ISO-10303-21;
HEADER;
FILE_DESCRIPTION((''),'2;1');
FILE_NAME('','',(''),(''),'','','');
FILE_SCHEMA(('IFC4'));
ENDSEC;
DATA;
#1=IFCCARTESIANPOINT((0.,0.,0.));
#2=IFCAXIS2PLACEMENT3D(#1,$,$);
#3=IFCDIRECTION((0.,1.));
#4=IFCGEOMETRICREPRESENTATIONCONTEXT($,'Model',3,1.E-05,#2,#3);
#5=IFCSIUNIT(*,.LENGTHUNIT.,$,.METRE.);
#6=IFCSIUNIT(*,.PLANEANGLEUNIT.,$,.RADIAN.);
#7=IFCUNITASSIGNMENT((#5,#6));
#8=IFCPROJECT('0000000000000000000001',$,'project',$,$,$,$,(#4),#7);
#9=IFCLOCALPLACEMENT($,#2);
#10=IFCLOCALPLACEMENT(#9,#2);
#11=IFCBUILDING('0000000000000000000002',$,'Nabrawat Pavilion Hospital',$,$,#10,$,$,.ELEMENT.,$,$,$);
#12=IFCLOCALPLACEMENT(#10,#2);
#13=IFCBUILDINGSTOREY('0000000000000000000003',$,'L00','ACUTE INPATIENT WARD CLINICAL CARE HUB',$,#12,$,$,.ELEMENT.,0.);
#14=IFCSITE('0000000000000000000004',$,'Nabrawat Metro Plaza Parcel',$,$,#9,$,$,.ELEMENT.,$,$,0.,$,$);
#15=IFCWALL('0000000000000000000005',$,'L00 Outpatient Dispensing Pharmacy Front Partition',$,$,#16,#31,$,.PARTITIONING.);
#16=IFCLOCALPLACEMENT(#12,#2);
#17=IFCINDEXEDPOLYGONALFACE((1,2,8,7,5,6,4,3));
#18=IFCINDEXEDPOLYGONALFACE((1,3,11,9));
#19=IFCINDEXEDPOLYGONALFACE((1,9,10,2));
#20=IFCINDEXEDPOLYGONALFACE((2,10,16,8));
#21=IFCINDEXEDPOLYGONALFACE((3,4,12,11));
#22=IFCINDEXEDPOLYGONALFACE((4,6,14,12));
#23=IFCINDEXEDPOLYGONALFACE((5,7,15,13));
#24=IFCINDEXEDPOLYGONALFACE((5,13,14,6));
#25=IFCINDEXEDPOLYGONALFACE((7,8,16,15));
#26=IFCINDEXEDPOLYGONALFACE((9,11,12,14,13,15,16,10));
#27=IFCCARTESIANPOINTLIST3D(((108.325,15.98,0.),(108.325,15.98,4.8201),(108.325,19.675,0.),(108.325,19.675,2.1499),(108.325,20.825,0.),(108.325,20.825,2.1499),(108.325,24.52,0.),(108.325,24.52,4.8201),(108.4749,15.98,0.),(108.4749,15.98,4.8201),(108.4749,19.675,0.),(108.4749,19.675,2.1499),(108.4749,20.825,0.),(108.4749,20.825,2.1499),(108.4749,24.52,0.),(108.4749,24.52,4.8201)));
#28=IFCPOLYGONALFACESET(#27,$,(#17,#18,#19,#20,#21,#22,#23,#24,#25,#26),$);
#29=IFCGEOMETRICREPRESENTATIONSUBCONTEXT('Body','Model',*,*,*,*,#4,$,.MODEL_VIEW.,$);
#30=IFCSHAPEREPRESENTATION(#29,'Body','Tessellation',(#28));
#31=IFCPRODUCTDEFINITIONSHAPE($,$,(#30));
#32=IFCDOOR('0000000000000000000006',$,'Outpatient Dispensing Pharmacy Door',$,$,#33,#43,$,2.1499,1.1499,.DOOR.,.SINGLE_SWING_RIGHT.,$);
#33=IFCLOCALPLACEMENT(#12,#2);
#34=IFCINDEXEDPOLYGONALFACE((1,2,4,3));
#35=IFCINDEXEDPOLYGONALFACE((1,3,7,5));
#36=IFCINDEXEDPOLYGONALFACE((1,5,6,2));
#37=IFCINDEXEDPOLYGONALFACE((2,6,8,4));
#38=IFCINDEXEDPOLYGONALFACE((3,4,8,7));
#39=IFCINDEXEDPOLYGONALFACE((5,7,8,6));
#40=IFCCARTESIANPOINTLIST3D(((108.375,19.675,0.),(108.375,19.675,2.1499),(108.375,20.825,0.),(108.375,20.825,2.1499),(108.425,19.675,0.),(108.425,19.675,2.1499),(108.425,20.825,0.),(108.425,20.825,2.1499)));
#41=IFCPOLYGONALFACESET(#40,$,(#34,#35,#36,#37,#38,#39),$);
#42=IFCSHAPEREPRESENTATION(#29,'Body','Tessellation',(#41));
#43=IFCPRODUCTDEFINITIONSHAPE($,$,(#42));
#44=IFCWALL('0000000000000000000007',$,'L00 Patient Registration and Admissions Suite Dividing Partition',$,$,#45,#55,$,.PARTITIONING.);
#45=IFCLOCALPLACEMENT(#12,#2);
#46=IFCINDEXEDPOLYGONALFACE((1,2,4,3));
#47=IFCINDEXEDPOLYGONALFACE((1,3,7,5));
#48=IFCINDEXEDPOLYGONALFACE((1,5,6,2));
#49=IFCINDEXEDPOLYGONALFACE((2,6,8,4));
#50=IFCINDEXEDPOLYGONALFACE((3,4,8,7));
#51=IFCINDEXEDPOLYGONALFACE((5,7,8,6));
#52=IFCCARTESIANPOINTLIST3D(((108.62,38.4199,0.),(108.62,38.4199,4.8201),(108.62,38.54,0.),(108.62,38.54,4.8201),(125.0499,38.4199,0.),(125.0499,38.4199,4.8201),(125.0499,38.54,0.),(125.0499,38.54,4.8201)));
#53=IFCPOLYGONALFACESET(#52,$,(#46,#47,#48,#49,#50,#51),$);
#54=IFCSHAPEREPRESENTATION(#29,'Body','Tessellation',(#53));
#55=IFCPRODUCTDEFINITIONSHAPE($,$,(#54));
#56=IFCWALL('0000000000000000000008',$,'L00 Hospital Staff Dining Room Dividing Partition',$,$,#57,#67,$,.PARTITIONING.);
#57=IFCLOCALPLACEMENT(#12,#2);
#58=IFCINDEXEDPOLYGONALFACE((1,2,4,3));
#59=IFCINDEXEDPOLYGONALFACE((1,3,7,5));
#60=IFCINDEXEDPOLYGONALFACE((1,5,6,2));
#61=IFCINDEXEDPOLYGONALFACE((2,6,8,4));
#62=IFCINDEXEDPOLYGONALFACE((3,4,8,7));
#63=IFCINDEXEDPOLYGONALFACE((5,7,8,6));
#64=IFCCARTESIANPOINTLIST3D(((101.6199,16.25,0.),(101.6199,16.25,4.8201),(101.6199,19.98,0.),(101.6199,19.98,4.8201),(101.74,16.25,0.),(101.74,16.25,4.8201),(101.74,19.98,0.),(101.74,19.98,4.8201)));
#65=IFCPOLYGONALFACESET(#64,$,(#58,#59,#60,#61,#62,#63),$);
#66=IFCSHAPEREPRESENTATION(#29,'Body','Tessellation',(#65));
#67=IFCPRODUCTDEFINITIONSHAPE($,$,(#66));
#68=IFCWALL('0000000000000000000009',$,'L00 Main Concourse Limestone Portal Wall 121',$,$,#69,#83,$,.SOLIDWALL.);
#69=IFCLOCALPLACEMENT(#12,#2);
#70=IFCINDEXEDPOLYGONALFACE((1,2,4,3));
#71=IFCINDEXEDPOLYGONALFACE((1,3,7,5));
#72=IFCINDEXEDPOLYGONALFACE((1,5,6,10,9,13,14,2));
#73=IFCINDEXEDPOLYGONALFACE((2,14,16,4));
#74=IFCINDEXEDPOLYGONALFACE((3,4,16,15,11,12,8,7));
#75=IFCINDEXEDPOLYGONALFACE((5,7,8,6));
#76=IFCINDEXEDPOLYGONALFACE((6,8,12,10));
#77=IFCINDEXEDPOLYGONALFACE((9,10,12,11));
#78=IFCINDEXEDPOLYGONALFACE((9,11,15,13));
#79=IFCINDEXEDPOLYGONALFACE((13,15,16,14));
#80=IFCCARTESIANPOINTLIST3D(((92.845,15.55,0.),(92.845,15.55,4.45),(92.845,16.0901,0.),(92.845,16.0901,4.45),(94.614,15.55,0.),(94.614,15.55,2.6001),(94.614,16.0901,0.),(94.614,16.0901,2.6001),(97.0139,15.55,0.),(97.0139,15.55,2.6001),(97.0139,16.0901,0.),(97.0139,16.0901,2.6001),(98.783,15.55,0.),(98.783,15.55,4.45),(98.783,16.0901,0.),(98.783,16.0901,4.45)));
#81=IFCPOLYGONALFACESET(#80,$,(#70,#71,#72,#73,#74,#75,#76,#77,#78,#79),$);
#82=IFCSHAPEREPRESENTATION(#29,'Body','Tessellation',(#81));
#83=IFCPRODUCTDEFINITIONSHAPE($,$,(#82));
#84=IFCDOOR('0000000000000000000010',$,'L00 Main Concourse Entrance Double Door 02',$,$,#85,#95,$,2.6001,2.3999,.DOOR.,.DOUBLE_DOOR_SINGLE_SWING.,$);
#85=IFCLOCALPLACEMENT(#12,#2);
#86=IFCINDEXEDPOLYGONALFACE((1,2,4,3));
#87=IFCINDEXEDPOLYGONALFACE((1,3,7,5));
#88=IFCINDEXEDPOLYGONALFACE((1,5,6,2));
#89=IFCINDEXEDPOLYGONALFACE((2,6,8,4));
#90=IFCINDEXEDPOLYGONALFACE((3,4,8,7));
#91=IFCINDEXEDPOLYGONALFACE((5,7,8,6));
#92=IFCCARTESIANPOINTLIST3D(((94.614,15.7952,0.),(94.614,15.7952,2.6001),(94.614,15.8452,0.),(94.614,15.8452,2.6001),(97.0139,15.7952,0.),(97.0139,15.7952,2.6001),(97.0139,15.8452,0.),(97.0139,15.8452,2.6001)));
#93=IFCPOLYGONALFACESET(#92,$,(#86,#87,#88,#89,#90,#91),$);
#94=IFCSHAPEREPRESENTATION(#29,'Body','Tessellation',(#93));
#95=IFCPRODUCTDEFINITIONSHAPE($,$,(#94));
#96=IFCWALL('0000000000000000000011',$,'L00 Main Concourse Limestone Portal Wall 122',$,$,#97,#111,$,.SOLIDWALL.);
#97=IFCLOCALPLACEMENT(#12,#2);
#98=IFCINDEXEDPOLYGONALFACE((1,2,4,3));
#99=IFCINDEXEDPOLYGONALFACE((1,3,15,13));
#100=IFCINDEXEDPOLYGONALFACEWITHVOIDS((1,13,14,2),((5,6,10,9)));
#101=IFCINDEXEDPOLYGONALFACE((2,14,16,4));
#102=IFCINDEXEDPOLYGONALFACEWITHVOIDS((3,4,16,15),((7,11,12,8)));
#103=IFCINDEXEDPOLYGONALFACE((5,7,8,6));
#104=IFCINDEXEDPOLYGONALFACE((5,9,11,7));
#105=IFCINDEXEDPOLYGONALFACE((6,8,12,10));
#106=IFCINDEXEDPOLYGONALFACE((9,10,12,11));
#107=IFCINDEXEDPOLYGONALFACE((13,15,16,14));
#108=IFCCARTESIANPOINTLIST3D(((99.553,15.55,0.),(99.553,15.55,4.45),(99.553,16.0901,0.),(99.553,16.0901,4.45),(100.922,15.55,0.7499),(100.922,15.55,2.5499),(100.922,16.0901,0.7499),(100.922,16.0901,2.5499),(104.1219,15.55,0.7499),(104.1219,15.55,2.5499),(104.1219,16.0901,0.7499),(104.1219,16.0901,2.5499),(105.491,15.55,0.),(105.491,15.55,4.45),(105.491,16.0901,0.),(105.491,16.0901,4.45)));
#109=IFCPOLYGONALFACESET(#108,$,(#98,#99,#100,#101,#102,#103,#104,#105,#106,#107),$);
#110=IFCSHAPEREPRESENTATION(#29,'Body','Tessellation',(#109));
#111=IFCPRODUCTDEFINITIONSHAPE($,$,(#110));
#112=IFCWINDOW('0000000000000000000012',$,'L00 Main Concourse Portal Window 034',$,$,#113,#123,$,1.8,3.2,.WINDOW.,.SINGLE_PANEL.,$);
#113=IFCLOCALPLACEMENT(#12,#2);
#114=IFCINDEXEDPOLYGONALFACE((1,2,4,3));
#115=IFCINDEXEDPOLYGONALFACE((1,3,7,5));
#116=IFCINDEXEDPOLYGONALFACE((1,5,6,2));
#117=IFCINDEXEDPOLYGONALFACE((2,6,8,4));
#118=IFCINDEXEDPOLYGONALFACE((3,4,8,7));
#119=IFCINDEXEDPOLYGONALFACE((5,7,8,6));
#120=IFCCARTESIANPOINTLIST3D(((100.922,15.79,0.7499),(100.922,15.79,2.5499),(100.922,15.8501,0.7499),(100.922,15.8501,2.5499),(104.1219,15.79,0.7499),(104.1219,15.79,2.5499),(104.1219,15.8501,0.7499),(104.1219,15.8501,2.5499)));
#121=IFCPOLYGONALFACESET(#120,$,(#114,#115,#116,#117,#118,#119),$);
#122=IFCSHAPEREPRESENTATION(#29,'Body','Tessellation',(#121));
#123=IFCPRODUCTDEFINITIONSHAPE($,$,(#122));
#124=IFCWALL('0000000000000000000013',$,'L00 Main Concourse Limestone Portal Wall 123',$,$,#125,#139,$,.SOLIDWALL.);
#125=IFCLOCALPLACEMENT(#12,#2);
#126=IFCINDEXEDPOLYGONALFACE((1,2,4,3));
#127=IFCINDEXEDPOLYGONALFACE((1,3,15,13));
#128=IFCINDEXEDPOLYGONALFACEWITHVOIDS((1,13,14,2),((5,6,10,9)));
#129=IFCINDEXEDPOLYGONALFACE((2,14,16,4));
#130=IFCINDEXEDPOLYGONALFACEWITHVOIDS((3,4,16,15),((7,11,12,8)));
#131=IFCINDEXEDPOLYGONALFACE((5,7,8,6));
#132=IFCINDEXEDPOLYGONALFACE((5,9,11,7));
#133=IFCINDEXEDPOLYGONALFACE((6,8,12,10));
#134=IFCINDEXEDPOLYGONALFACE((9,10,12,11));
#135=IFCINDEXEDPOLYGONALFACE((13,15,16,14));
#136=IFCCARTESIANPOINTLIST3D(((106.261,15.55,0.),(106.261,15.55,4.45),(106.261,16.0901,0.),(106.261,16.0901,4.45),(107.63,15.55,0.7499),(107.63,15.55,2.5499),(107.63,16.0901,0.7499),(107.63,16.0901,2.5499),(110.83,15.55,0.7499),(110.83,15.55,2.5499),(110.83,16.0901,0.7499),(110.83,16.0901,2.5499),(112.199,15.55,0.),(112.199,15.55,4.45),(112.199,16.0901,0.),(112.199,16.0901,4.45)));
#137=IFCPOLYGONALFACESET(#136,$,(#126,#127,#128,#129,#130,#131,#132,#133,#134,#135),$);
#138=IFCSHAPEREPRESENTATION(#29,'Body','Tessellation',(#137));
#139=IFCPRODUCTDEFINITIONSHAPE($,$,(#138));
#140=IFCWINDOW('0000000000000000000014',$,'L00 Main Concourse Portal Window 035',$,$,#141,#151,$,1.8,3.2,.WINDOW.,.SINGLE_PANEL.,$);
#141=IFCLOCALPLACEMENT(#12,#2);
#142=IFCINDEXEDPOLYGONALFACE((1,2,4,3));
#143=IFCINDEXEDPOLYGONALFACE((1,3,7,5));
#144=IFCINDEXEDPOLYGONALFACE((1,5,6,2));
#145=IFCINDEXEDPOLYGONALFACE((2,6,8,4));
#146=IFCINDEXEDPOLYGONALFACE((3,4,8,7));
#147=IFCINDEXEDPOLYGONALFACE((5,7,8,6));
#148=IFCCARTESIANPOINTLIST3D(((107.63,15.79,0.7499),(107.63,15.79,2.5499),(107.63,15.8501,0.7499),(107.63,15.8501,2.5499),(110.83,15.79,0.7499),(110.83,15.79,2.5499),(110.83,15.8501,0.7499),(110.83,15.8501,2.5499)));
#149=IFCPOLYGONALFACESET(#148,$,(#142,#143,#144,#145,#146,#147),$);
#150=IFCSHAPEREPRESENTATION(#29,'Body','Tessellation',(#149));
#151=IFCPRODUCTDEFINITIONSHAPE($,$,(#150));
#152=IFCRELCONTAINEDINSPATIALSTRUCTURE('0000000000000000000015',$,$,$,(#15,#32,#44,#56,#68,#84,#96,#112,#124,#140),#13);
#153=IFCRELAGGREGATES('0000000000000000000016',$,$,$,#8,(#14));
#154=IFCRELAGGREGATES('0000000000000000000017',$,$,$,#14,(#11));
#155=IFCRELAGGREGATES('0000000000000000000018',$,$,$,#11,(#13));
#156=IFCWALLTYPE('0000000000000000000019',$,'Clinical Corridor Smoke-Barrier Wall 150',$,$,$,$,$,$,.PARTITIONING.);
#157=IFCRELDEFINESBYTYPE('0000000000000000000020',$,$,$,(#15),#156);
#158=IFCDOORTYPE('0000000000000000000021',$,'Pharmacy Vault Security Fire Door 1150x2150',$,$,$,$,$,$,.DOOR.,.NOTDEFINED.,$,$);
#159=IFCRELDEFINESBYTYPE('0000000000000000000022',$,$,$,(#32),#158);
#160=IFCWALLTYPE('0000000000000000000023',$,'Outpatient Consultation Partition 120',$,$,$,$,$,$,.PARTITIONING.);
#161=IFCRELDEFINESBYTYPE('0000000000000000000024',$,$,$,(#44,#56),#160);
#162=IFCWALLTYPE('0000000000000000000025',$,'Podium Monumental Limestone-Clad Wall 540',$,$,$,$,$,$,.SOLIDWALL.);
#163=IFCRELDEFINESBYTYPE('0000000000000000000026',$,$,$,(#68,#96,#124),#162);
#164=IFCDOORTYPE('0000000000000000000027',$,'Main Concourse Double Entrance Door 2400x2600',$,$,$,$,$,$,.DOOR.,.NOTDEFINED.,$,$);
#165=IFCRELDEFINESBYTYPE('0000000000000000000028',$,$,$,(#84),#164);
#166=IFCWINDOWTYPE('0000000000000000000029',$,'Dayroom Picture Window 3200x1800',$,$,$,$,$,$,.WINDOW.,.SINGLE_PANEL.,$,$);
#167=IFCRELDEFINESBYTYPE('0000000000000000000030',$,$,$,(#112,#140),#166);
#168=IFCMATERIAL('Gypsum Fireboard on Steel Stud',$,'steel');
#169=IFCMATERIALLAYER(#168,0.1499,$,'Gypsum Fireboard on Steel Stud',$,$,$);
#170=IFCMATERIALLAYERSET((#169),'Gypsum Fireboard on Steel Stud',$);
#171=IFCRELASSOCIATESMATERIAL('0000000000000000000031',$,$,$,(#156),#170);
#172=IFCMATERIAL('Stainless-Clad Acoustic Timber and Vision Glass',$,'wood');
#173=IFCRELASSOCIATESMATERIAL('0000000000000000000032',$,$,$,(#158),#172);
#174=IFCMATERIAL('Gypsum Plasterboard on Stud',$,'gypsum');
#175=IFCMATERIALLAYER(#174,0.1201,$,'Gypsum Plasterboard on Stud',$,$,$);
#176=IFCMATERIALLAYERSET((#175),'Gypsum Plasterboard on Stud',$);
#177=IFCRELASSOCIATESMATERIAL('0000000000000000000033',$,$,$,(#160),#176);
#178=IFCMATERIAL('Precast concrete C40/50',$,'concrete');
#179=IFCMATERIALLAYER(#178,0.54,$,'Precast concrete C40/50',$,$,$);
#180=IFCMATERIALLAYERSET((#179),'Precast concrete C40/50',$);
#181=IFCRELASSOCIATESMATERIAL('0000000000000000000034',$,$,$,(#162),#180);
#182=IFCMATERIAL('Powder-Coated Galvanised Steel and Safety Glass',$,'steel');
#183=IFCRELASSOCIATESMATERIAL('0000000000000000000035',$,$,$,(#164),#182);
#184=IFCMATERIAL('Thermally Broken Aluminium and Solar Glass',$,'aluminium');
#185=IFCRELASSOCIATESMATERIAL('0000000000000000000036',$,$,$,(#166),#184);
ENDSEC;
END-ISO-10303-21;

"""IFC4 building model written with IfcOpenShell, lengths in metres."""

from ifc_helpers import new_model, si_unit, direction, frame, frame_2d, origin, place, context, subcontext, project, spatial, rectangle, extrude, material, layer, layer_set, type_object, element, fill, save


model = new_model("IFC4")

# Units and contexts
model_context = context("Model", 3, precision=1e-05, world=origin(), true_north=direction((0.0, 1.0)))
body_context = subcontext(model_context, "Body", "Model", "MODEL_VIEW")
ifc_project = project(units=[si_unit("LENGTHUNIT", "METRE"), si_unit("PLANEANGLEUNIT", "RADIAN")], contexts=[model_context])

# Site, building, storey
site_placement = place(None, origin())
site = spatial("IfcSite", under=ifc_project, at=site_placement, Name="Nabrawat Metro Plaza Parcel", CompositionType="ELEMENT", RefElevation=0.0)
building_placement = place(site_placement, origin())
building = spatial("IfcBuilding", under=site, at=building_placement, Name="Nabrawat Pavilion Hospital", CompositionType="ELEMENT")
storey_placement = place(building_placement, origin())
storey = spatial("IfcBuildingStorey", under=building, at=storey_placement, Name="L00", Description="ACUTE INPATIENT WARD CLINICAL CARE HUB", CompositionType="ELEMENT", Elevation=0.0)

# Shared definitions
ifc_material_1 = material(Name="Gypsum Plasterboard on Stud", Category="gypsum")

# Wall, opening, door
ifc_material_2 = material(Name="Gypsum Fireboard on Steel Stud", Category="steel")
ifc_layer_1 = layer(ifc_material_2, 0.1499, Name="Gypsum Fireboard on Steel Stud")
ifc_layer_set_1 = layer_set([ifc_layer_1], Name="Gypsum Fireboard on Steel Stud")
wall_type_1 = type_object("IfcWallType", Name="Clinical Corridor Smoke-Barrier Wall 150", PredefinedType="PARTITIONING", material=ifc_layer_set_1)
ifc_material_3 = material(Name="Stainless-Clad Acoustic Timber and Vision Glass", Category="wood")
wall_1_placement = place(storey_placement, frame((108.3999, 15.98, 0.0), z_axis=(0.0, 0.0, 1.0), x_axis=(0.0, 1.0, 0.0)))
wall_1 = element("IfcWall", 1, at=wall_1_placement, inside=storey, type_object=wall_type_1, Name="L00 Outpatient Dispensing Pharmacy Front Partition", PredefinedType="PARTITIONING", context=body_context, shape_type="SweptSolid", body=[
    extrude(rectangle(XDim=8.54, YDim=0.1499, at=frame_2d((4.27, 0.0))), origin(), (0.0, 0.0, 1.0), 4.8201),
])
opening_1_placement = place(wall_1_placement, frame((3.6951, 0.0, 0.0)))
opening_1 = element("IfcOpeningElement", 2, at=opening_1_placement, cuts=wall_1, PredefinedType="OPENING", context=body_context, shape_type="SweptSolid", body=[
    extrude(rectangle(XDim=1.1499, YDim=2.1499, at=frame_2d((0.575, 1.075))), frame((0.0, 0.085, 0.0), z_axis=(0.0, -1.0, 0.0), x_axis=(1.0, 0.0, 0.0)), (0.0, 0.0, 1.0), 0.1699),
])
door_type_1 = type_object("IfcDoorType", Name="Pharmacy Vault Security Fire Door 1150x2150", OperationType="NOTDEFINED", PredefinedType="DOOR", material=ifc_material_3)
door_1_placement = place(opening_1_placement, origin())
door_1 = element("IfcDoor", 3, at=door_1_placement, inside=storey, type_object=door_type_1, Name="Outpatient Dispensing Pharmacy Door", OperationType="SINGLE_SWING_RIGHT", OverallHeight=2.1499, OverallWidth=1.1499, PredefinedType="DOOR", context=body_context, shape_type="SweptSolid", body=[
    extrude(rectangle(XDim=1.1499, YDim=2.1499, at=frame_2d((0.575, 1.075))), frame((0.0, 0.0249, 0.0), z_axis=(0.0, -1.0, 0.0), x_axis=(1.0, 0.0, 0.0)), (0.0, 0.0, 1.0), 0.05),
])
fill(opening_1, door_1)

# Walls
ifc_layer_2 = layer(ifc_material_1, 0.1201, Name="Gypsum Plasterboard on Stud")
ifc_layer_set_2 = layer_set([ifc_layer_2], Name="Gypsum Plasterboard on Stud")
wall_type_2 = type_object("IfcWallType", Name="Outpatient Consultation Partition 120", PredefinedType="PARTITIONING", material=ifc_layer_set_2)
wall_2_placement = place(storey_placement, frame((108.6201, 38.48, 0.0), z_axis=(0.0, 0.0, 1.0), x_axis=(1.0, 0.0, 0.0)))
element("IfcWall", 4, at=wall_2_placement, inside=storey, type_object=wall_type_2, Name="L00 Patient Registration and Admissions Suite Dividing Partition", PredefinedType="PARTITIONING", context=body_context, shape_type="SweptSolid", body=[
    extrude(rectangle(XDim=16.4299, YDim=0.1201, at=frame_2d((8.2148, 0.0))), origin(), (0.0, 0.0, 1.0), 4.8201),
])
wall_3_placement = place(storey_placement, frame((101.6799, 16.25, 0.0), z_axis=(0.0, 0.0, 1.0), x_axis=(0.0, 1.0, 0.0)))
element("IfcWall", 5, at=wall_3_placement, inside=storey, type_object=wall_type_2, Name="L00 Hospital Staff Dining Room Dividing Partition", PredefinedType="PARTITIONING", context=body_context, shape_type="SweptSolid", body=[
    extrude(rectangle(XDim=3.73, YDim=0.1201, at=frame_2d((1.865, 0.0))), origin(), (0.0, 0.0, 1.0), 4.8201),
])

# Wall, opening, door
ifc_material_4 = material(Name="Precast concrete C40/50", Category="concrete")
ifc_layer_3 = layer(ifc_material_4, 0.54, Name="Precast concrete C40/50")
ifc_layer_set_3 = layer_set([ifc_layer_3], Name="Precast concrete C40/50")
wall_type_3 = type_object("IfcWallType", Name="Podium Monumental Limestone-Clad Wall 540", PredefinedType="SOLIDWALL", material=ifc_layer_set_3)
wall_4_placement = place(storey_placement, frame((92.845, 15.8201, 0.0), z_axis=(0.0, 0.0, 1.0), x_axis=(1.0, 0.0, 0.0)))
wall_4 = element("IfcWall", 6, at=wall_4_placement, inside=storey, type_object=wall_type_3, Name="L00 Main Concourse Limestone Portal Wall 121", PredefinedType="SOLIDWALL", context=body_context, shape_type="SweptSolid", body=[
    extrude(rectangle(XDim=5.938, YDim=0.54, at=frame_2d((2.969, 0.0))), origin(), (0.0, 0.0, 1.0), 4.45),
])
opening_2_placement = place(wall_4_placement, frame((1.769, 0.0, 0.0)))
opening_2 = element("IfcOpeningElement", 7, at=opening_2_placement, cuts=wall_4, PredefinedType="OPENING", context=body_context, shape_type="SweptSolid", body=[
    extrude(rectangle(XDim=2.3999, YDim=2.6001, at=frame_2d((1.2, 1.3))), frame((0.0, 0.28, 0.0), z_axis=(0.0, -1.0, 0.0), x_axis=(1.0, 0.0, 0.0)), (0.0, 0.0, 1.0), 0.5601),
])
ifc_material_5 = material(Name="Powder-Coated Galvanised Steel and Safety Glass", Category="steel")
door_type_2 = type_object("IfcDoorType", Name="Main Concourse Double Entrance Door 2400x2600", OperationType="NOTDEFINED", PredefinedType="DOOR", material=ifc_material_5)
door_2_placement = place(opening_2_placement, frame((2.3999, 0.0, 0.0), z_axis=(0.0, 0.0, 1.0), x_axis=(-1.0, 0.0, 0.0)))
door_2 = element("IfcDoor", 8, at=door_2_placement, inside=storey, type_object=door_type_2, Name="L00 Main Concourse Entrance Double Door 02", OperationType="DOUBLE_DOOR_SINGLE_SWING", OverallHeight=2.6001, OverallWidth=2.3999, PredefinedType="DOOR", context=body_context, shape_type="SweptSolid", body=[
    extrude(rectangle(XDim=2.3999, YDim=2.6001, at=frame_2d((1.2, 1.3))), frame((0.0, 0.0249, 0.0), z_axis=(0.0, -1.0, 0.0), x_axis=(1.0, 0.0, 0.0)), (0.0, 0.0, 1.0), 0.05),
])
fill(opening_2, door_2)

# Walls, openings, windows
wall_5_placement = place(storey_placement, frame((99.553, 15.8201, 0.0), z_axis=(0.0, 0.0, 1.0), x_axis=(1.0, 0.0, 0.0)))
wall_5 = element("IfcWall", 9, at=wall_5_placement, inside=storey, type_object=wall_type_3, Name="L00 Main Concourse Limestone Portal Wall 122", PredefinedType="SOLIDWALL", context=body_context, shape_type="SweptSolid", body=[
    extrude(rectangle(XDim=5.938, YDim=0.54, at=frame_2d((2.969, 0.0))), origin(), (0.0, 0.0, 1.0), 4.45),
])
opening_3_placement = place(wall_5_placement, frame((1.3689, 0.0, 0.75)))
opening_3 = element("IfcOpeningElement", 10, at=opening_3_placement, cuts=wall_5, PredefinedType="OPENING", context=body_context, shape_type="SweptSolid", body=[
    extrude(rectangle(XDim=3.2, YDim=1.8, at=frame_2d((1.6001, 0.8999))), frame((0.0, 0.28, 0.0), z_axis=(0.0, -1.0, 0.0), x_axis=(1.0, 0.0, 0.0)), (0.0, 0.0, 1.0), 0.5601),
])
ifc_material_6 = material(Name="Thermally Broken Aluminium and Solar Glass", Category="aluminium")
window_type = type_object("IfcWindowType", Name="Dayroom Picture Window 3200x1800", PartitioningType="SINGLE_PANEL", PredefinedType="WINDOW", material=ifc_material_6)
window_1_placement = place(opening_3_placement, origin())
window_1 = element("IfcWindow", 11, at=window_1_placement, inside=storey, type_object=window_type, Name="L00 Main Concourse Portal Window 034", OverallHeight=1.8, OverallWidth=3.2, PartitioningType="SINGLE_PANEL", PredefinedType="WINDOW", context=body_context, shape_type="SweptSolid", body=[
    extrude(rectangle(XDim=3.2, YDim=1.8, at=frame_2d((1.6001, 0.8999))), frame((0.0, 0.03, 0.0), z_axis=(0.0, -1.0, 0.0), x_axis=(1.0, 0.0, 0.0)), (0.0, 0.0, 1.0), 0.0601),
])
fill(opening_3, window_1)
wall_6_placement = place(storey_placement, frame((106.261, 15.8201, 0.0), z_axis=(0.0, 0.0, 1.0), x_axis=(1.0, 0.0, 0.0)))
wall_6 = element("IfcWall", 12, at=wall_6_placement, inside=storey, type_object=wall_type_3, Name="L00 Main Concourse Limestone Portal Wall 123", PredefinedType="SOLIDWALL", context=body_context, shape_type="SweptSolid", body=[
    extrude(rectangle(XDim=5.938, YDim=0.54, at=frame_2d((2.969, 0.0))), origin(), (0.0, 0.0, 1.0), 4.45),
])
opening_4_placement = place(wall_6_placement, frame((1.3689, 0.0, 0.75)))
opening_4 = element("IfcOpeningElement", 13, at=opening_4_placement, cuts=wall_6, PredefinedType="OPENING", context=body_context, shape_type="SweptSolid", body=[
    extrude(rectangle(XDim=3.2, YDim=1.8, at=frame_2d((1.6001, 0.8999))), frame((0.0, 0.28, 0.0), z_axis=(0.0, -1.0, 0.0), x_axis=(1.0, 0.0, 0.0)), (0.0, 0.0, 1.0), 0.5601),
])
window_2_placement = place(opening_4_placement, origin())
window_2 = element("IfcWindow", 14, at=window_2_placement, inside=storey, type_object=window_type, Name="L00 Main Concourse Portal Window 035", OverallHeight=1.8, OverallWidth=3.2, PartitioningType="SINGLE_PANEL", PredefinedType="WINDOW", context=body_context, shape_type="SweptSolid", body=[
    extrude(rectangle(XDim=3.2, YDim=1.8, at=frame_2d((1.6001, 0.8999))), frame((0.0, 0.03, 0.0), z_axis=(0.0, -1.0, 0.0), x_axis=(1.0, 0.0, 0.0)), (0.0, 0.0, 1.0), 0.0601),
])
fill(opening_4, window_2)

save(model, "model.ifc")
